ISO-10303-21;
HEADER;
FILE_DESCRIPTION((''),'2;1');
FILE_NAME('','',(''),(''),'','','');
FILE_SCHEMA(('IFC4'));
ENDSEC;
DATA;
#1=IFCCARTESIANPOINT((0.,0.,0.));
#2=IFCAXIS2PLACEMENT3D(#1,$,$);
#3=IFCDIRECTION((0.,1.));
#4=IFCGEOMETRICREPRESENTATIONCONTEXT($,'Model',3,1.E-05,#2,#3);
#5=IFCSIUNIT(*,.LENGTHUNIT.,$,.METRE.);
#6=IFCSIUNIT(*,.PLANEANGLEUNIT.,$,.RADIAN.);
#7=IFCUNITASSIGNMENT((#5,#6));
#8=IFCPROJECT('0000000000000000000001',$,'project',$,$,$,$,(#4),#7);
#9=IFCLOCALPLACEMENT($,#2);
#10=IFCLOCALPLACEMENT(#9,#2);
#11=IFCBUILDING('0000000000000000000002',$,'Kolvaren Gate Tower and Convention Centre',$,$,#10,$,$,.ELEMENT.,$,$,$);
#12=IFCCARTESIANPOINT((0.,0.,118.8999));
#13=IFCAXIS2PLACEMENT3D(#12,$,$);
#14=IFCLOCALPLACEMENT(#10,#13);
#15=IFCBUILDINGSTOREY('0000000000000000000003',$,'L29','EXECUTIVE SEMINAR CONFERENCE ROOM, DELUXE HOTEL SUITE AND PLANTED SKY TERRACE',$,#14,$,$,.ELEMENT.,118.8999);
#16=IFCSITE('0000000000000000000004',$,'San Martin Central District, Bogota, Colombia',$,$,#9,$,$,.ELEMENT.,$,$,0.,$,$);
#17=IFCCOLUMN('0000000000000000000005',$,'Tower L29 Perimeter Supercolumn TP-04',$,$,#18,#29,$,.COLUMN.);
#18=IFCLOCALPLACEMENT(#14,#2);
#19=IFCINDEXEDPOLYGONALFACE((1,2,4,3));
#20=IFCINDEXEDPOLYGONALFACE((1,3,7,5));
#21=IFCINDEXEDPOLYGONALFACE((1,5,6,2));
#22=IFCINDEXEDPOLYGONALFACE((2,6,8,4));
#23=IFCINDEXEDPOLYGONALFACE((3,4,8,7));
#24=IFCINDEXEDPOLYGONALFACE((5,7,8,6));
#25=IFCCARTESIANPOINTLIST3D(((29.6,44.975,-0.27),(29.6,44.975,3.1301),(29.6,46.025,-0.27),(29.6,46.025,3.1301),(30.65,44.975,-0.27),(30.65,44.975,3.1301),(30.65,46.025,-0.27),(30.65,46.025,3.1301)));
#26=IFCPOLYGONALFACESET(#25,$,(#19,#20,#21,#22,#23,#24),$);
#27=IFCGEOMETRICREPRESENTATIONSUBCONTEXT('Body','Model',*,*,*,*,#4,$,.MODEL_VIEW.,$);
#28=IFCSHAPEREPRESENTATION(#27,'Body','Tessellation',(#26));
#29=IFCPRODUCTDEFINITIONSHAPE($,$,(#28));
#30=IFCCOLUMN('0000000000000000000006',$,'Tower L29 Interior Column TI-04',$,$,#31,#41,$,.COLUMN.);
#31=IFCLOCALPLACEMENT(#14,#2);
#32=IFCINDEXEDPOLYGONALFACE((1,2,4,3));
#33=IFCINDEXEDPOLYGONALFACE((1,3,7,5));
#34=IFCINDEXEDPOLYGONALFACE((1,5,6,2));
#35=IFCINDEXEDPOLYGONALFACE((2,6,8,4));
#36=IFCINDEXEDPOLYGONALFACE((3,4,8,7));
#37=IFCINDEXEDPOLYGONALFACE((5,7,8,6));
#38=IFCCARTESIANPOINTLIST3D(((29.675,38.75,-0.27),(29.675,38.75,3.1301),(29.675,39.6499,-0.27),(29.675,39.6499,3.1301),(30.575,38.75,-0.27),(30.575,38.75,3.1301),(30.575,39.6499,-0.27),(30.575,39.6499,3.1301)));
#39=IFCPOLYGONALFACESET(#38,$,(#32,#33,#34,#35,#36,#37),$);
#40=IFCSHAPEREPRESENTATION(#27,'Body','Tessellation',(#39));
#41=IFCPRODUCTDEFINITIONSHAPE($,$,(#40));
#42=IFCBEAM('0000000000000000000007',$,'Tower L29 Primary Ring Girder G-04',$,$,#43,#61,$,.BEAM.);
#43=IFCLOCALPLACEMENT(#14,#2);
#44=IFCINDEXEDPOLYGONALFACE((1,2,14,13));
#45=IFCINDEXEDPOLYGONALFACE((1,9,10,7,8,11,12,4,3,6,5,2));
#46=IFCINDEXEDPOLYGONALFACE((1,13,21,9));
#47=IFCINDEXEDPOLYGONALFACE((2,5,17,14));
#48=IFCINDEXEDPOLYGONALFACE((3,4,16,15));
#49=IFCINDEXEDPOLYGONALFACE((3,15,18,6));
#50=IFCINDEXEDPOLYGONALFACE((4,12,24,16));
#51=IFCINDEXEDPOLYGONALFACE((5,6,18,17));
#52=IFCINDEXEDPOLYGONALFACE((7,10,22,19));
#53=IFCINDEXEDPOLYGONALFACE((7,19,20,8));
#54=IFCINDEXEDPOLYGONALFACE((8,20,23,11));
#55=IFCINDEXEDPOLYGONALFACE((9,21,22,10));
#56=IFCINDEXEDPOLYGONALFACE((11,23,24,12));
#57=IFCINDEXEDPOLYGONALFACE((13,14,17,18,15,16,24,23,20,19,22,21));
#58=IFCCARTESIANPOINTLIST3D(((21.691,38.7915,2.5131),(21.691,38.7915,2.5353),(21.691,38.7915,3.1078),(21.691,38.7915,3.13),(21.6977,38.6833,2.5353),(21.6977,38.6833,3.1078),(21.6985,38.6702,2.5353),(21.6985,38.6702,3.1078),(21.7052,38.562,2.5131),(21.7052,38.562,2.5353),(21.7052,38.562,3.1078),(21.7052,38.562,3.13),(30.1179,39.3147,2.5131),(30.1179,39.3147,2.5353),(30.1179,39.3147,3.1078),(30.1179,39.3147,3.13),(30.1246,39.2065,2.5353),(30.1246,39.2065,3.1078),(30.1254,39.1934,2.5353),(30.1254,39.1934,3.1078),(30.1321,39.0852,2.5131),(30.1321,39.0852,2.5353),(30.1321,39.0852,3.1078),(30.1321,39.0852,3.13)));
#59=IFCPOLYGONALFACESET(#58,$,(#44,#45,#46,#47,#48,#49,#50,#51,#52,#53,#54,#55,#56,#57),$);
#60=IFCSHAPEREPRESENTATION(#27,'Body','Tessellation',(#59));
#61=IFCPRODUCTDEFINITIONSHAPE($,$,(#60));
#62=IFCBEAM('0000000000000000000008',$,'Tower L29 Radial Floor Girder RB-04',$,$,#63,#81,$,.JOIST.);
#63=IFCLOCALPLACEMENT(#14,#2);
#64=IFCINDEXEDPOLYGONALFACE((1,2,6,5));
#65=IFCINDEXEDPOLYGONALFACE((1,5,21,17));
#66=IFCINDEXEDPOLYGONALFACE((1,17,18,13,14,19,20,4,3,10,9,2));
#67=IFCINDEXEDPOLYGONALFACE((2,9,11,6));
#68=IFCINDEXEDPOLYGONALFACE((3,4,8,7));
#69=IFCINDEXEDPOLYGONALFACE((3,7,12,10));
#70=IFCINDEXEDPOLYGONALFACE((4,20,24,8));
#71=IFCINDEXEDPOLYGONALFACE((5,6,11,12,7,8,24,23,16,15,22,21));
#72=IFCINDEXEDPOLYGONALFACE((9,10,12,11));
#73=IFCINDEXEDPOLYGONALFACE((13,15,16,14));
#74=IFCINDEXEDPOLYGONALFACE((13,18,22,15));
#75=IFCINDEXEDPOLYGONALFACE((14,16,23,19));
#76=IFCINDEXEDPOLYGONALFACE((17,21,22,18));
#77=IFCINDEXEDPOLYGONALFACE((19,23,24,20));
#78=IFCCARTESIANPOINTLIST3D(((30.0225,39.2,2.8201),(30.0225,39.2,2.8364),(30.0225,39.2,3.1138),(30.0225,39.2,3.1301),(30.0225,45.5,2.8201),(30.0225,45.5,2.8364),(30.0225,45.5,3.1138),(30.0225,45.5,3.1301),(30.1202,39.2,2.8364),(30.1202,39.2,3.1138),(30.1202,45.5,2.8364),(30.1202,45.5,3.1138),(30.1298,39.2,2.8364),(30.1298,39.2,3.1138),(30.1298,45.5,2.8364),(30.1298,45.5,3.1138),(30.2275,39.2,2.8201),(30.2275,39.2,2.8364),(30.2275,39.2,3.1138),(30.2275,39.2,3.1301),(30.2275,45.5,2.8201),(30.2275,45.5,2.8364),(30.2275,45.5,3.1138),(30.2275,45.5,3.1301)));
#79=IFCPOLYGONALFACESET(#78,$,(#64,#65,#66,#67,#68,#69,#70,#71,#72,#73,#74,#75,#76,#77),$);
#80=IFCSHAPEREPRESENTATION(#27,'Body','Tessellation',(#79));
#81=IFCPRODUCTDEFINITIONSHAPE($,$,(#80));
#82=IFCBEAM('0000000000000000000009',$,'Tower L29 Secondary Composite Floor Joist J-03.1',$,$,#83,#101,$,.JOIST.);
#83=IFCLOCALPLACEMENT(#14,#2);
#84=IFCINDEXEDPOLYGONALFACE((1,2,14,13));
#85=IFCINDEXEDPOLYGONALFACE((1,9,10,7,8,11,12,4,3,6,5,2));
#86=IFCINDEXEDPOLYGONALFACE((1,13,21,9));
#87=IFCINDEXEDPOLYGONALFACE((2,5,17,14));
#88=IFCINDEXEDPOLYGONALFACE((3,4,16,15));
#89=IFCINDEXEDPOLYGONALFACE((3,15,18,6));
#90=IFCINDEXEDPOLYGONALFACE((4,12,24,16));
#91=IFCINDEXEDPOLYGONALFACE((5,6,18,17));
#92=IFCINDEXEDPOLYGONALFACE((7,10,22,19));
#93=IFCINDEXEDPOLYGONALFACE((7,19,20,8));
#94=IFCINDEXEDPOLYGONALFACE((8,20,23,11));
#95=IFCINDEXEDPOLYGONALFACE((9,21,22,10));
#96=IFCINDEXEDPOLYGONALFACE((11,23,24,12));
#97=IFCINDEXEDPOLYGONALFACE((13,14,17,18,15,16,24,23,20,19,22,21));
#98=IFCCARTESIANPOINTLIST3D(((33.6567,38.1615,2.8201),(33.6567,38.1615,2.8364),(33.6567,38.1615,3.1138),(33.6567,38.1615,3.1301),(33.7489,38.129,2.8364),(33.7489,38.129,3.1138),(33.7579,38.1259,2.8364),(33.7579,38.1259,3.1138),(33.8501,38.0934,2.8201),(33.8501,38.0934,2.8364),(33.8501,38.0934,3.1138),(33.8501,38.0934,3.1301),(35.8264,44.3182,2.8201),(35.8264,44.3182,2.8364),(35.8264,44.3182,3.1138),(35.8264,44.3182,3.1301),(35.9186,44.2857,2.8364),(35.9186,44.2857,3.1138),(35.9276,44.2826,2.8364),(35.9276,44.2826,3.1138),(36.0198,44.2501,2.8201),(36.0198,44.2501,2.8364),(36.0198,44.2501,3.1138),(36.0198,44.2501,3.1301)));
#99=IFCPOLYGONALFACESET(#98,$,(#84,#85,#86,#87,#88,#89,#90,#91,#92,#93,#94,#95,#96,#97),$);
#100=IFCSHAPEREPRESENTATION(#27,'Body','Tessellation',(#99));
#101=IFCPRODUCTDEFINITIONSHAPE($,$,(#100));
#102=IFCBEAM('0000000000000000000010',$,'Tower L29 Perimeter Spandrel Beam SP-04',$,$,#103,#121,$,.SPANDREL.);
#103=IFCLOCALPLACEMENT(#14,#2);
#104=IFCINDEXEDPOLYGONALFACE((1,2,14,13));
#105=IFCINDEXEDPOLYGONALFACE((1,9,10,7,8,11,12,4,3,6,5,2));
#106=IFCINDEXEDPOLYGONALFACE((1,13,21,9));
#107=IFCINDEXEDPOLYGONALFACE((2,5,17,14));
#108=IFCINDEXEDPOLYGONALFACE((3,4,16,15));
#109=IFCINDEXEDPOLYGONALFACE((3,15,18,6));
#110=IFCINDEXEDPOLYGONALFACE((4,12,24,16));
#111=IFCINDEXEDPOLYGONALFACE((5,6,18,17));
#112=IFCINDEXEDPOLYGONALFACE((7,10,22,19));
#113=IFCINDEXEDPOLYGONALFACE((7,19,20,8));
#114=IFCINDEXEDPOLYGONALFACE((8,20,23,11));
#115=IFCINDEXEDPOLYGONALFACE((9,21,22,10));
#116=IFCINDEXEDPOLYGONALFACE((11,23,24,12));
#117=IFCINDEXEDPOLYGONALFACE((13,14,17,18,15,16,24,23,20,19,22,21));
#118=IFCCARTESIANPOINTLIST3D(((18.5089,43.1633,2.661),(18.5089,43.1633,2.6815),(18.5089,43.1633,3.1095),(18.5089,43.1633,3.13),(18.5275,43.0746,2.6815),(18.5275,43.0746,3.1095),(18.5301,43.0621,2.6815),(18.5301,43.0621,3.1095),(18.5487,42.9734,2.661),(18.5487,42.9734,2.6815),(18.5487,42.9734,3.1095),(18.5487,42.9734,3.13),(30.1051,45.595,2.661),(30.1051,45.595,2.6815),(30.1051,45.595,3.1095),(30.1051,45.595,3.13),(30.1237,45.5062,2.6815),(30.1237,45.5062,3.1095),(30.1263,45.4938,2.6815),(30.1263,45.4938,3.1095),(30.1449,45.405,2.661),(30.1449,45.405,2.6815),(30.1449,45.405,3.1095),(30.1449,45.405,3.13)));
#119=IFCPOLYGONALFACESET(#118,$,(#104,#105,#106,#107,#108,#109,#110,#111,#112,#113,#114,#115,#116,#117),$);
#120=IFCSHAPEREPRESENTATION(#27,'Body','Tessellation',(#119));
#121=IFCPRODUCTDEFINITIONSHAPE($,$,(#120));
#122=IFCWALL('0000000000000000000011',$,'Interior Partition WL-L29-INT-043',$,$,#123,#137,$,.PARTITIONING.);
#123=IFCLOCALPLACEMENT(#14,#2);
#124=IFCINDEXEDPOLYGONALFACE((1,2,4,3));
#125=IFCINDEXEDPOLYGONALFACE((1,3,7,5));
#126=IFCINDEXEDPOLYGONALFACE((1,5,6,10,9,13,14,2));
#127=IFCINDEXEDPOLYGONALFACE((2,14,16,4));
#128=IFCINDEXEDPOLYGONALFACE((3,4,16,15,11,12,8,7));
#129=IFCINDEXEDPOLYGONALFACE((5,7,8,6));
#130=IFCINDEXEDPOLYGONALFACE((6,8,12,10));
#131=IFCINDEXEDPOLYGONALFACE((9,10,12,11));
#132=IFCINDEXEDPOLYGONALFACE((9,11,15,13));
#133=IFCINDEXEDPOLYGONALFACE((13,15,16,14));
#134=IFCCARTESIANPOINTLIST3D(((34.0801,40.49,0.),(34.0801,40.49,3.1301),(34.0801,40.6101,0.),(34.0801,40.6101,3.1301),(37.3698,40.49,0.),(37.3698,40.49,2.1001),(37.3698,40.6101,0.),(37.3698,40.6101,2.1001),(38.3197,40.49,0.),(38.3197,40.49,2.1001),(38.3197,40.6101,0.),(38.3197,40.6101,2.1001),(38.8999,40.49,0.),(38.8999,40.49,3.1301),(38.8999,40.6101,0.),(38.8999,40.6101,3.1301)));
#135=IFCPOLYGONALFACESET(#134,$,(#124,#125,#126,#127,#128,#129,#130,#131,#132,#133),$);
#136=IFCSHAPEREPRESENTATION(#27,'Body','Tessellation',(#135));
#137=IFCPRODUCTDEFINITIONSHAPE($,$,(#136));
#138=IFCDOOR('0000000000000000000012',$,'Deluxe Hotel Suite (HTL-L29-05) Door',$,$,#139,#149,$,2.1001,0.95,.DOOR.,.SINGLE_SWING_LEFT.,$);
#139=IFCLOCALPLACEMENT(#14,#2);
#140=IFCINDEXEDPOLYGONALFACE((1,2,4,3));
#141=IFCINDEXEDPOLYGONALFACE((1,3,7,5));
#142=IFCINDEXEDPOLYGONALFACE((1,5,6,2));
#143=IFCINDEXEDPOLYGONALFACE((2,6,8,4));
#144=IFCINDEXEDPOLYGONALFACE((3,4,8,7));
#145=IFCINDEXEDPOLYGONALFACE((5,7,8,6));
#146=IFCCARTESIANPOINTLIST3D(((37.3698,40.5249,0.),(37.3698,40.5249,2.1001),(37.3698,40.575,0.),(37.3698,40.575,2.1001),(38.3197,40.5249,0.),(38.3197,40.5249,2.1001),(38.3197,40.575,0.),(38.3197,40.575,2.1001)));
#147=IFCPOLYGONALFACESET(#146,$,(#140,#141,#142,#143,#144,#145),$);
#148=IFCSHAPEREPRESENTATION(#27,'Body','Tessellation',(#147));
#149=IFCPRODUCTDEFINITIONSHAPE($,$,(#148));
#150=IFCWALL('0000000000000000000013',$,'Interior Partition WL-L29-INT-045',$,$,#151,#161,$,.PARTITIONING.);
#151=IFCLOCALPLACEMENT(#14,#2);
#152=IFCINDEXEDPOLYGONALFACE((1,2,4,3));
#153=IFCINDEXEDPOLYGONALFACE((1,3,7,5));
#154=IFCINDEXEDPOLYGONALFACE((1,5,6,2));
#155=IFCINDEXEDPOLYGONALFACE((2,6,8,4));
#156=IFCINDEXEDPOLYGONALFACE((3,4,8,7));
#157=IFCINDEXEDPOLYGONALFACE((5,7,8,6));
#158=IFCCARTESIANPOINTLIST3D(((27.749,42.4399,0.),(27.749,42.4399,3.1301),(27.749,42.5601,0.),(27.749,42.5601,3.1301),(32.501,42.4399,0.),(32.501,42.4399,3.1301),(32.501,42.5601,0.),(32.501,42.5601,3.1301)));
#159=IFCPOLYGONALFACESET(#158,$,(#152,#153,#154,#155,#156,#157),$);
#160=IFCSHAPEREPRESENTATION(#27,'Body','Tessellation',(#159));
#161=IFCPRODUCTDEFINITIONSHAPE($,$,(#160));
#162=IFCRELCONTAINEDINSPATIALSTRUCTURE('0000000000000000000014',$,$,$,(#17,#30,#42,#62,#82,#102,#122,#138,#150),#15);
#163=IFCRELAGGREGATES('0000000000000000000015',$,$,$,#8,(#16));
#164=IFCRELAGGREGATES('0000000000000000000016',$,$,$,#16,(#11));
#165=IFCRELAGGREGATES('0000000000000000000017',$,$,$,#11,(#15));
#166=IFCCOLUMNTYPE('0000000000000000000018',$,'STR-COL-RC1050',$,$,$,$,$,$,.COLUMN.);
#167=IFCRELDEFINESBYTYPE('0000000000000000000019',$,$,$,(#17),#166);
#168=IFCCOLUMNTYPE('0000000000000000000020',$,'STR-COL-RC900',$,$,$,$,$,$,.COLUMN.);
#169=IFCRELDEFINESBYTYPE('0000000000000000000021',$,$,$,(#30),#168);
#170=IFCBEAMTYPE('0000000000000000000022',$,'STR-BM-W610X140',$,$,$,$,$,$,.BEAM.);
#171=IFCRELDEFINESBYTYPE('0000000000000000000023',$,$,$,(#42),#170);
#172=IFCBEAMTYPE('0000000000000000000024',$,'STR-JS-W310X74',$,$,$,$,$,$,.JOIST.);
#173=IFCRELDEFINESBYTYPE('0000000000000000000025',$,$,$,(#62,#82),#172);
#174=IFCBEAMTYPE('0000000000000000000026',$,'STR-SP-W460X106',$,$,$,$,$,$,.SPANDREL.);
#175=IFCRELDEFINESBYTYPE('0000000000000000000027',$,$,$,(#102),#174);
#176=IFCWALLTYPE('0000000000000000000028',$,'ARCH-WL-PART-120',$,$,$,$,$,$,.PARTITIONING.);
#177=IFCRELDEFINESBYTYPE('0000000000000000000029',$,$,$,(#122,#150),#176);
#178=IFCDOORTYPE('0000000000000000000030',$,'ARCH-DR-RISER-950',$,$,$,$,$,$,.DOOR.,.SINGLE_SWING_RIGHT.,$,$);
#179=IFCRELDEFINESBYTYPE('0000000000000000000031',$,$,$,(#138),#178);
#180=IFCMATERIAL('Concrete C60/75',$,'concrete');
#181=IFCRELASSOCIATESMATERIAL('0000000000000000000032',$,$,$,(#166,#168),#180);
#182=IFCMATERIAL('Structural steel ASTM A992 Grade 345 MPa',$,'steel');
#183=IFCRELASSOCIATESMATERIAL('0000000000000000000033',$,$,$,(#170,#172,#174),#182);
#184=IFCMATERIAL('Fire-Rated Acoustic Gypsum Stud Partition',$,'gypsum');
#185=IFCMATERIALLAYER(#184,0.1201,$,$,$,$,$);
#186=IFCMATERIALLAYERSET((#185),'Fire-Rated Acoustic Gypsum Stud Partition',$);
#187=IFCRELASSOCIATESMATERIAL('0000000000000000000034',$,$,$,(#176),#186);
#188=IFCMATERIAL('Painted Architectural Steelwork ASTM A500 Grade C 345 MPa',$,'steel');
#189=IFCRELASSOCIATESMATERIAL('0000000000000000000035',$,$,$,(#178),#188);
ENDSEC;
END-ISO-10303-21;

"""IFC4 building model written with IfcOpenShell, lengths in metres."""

from ifc_helpers import new_model, si_unit, direction, frame, frame_2d, origin, origin_2d, place, context, subcontext, project, spatial, rectangle, i_section, extrude, material, layer, layer_set, material_profile, profile_set, type_object, element, fill, save


model = new_model("IFC4")

# Units and contexts
model_context = context("Model", 3, precision=1e-05, world=origin(), true_north=direction((0.0, 1.0)))
body_context = subcontext(model_context, "Body", "Model", "MODEL_VIEW")
ifc_project = project(units=[si_unit("LENGTHUNIT", "METRE"), si_unit("PLANEANGLEUNIT", "RADIAN")], contexts=[model_context])

# Site, building, storey
site_placement = place(None, origin())
site = spatial("IfcSite", under=ifc_project, at=site_placement, Name="San Martin Central District, Bogota, Colombia", CompositionType="ELEMENT", RefElevation=0.0)
building_placement = place(site_placement, origin())
building = spatial("IfcBuilding", under=site, at=building_placement, Name="Kolvaren Gate Tower and Convention Centre", CompositionType="ELEMENT")
storey_placement = place(building_placement, frame((0.0, 0.0, 118.8999)))
storey = spatial("IfcBuildingStorey", under=building, at=storey_placement, Name="L29", Description="EXECUTIVE SEMINAR CONFERENCE ROOM, DELUXE HOTEL SUITE AND PLANTED SKY TERRACE", CompositionType="ELEMENT", Elevation=118.8999)

# Columns
ifc_material_1 = material(Name="Concrete C60/75", Category="concrete")
ifc_material_profile_1 = material_profile(ifc_material_1, rectangle(XDim=1.05, YDim=1.05, at=origin_2d()), Name="RC-COL-1050X1050")
ifc_profile_set_1 = profile_set([ifc_material_profile_1], Name="Concrete C60/75")
column_type_1 = type_object("IfcColumnType", Name="STR-COL-RC1050", PredefinedType="COLUMN", material=ifc_profile_set_1)
column_1_placement = place(storey_placement, frame((30.125, 45.5, -0.27), z_axis=(0.0, 0.0, 1.0), x_axis=(1.0, 0.0, 0.0)))
element("IfcColumn", 1, at=column_1_placement, inside=storey, type_object=column_type_1, Name="Tower L29 Perimeter Supercolumn TP-04", PredefinedType="COLUMN", context=body_context, shape_type="SweptSolid", body=[
    extrude(rectangle(XDim=1.05, YDim=1.05, at=origin_2d()), origin(), (0.0, 0.0, 1.0), 3.4001),
])
ifc_material_profile_2 = material_profile(ifc_material_1, rectangle(XDim=0.8999, YDim=0.8999, at=origin_2d()), Name="RC-COL-900X900")
ifc_profile_set_2 = profile_set([ifc_material_profile_2], Name="Concrete C60/75")
column_type_2 = type_object("IfcColumnType", Name="STR-COL-RC900", PredefinedType="COLUMN", material=ifc_profile_set_2)
column_2_placement = place(storey_placement, frame((30.125, 39.2, -0.27), z_axis=(0.0, 0.0, 1.0), x_axis=(1.0, 0.0, 0.0)))
element("IfcColumn", 2, at=column_2_placement, inside=storey, type_object=column_type_2, Name="Tower L29 Interior Column TI-04", PredefinedType="COLUMN", context=body_context, shape_type="SweptSolid", body=[
    extrude(rectangle(XDim=0.8999, YDim=0.8999, at=origin_2d()), origin(), (0.0, 0.0, 1.0), 3.4001),
])

# Beams
ifc_material_2 = material(Name="Structural steel ASTM A992 Grade 345 MPa", Category="steel")
ifc_material_profile_3 = material_profile(ifc_material_2, i_section(OverallWidth=0.23, OverallDepth=0.6169, WebThickness=0.0132, FlangeThickness=0.0222, at=origin_2d()), Name="W610X140")
ifc_profile_set_3 = profile_set([ifc_material_profile_3], Name="Structural steel ASTM A992 Grade 345 MPa")
beam_type_1 = type_object("IfcBeamType", Name="STR-BM-W610X140", PredefinedType="BEAM", material=ifc_profile_set_3)
beam_1_placement = place(storey_placement, frame((30.125, 39.2, 2.8215), z_axis=(-0.998078, -0.061966, 0.0), x_axis=(0.061966, -0.998078, 0.0)))
element("IfcBeam", 3, at=beam_1_placement, inside=storey, type_object=beam_type_1, Name="Tower L29 Primary Ring Girder G-04", PredefinedType="BEAM", context=body_context, shape_type="SweptSolid", body=[
    extrude(i_section(OverallWidth=0.23, OverallDepth=0.6169, WebThickness=0.0132, FlangeThickness=0.0222, at=origin_2d()), origin(), (0.0, 0.0, 1.0), 8.4431),
])
ifc_material_profile_4 = material_profile(ifc_material_2, i_section(OverallWidth=0.2051, OverallDepth=0.3101, WebThickness=0.0095, FlangeThickness=0.0164, at=origin_2d()), Name="W310X74")
ifc_profile_set_4 = profile_set([ifc_material_profile_4], Name="Structural steel ASTM A992 Grade 345 MPa")
beam_type_2 = type_object("IfcBeamType", Name="STR-JS-W310X74", PredefinedType="JOIST", material=ifc_profile_set_4)
beam_2_placement = place(storey_placement, frame((30.125, 39.2, 2.9751), z_axis=(0.0, 1.0, 0.0), x_axis=(-1.0, 0.0, 0.0)))
element("IfcBeam", 4, at=beam_2_placement, inside=storey, type_object=beam_type_2, Name="Tower L29 Radial Floor Girder RB-04", PredefinedType="JOIST", context=body_context, shape_type="SweptSolid", body=[
    extrude(i_section(OverallWidth=0.2051, OverallDepth=0.3101, WebThickness=0.0095, FlangeThickness=0.0164, at=origin_2d()), origin(), (0.0, 0.0, 1.0), 6.3),
])
beam_3_placement = place(storey_placement, frame((33.7534, 38.1274, 2.9751), z_axis=(0.332372, 0.943148, 0.0), x_axis=(-0.943148, 0.332372, 0.0)))
element("IfcBeam", 5, at=beam_3_placement, inside=storey, type_object=beam_type_2, Name="Tower L29 Secondary Composite Floor Joist J-03.1", PredefinedType="JOIST", context=body_context, shape_type="SweptSolid", body=[
    extrude(i_section(OverallWidth=0.2051, OverallDepth=0.3101, WebThickness=0.0095, FlangeThickness=0.0164, at=origin_2d()), origin(), (0.0, 0.0, 1.0), 6.5278),
])
ifc_material_profile_5 = material_profile(ifc_material_2, i_section(OverallWidth=0.1941, OverallDepth=0.469, WebThickness=0.0127, FlangeThickness=0.0205, at=origin_2d()), Name="W460X106")
ifc_profile_set_5 = profile_set([ifc_material_profile_5], Name="Structural steel ASTM A992 Grade 345 MPa")
beam_type_3 = type_object("IfcBeamType", Name="STR-SP-W460X106", PredefinedType="SPANDREL", material=ifc_profile_set_5)
beam_4_placement = place(storey_placement, frame((30.125, 45.5, 2.8955), z_axis=(-0.978714, -0.205229, 0.0), x_axis=(0.205229, -0.978714, 0.0)))
element("IfcBeam", 6, at=beam_4_placement, inside=storey, type_object=beam_type_3, Name="Tower L29 Perimeter Spandrel Beam SP-04", PredefinedType="SPANDREL", context=body_context, shape_type="SweptSolid", body=[
    extrude(i_section(OverallWidth=0.1941, OverallDepth=0.469, WebThickness=0.0127, FlangeThickness=0.0205, at=origin_2d()), origin(), (0.0, 0.0, 1.0), 11.8484),
])

# Wall, opening, door
ifc_material_3 = material(Name="Fire-Rated Acoustic Gypsum Stud Partition", Category="gypsum")
ifc_layer_1 = layer(ifc_material_3, 0.1201)
ifc_layer_set_1 = layer_set([ifc_layer_1], Name="Fire-Rated Acoustic Gypsum Stud Partition")
wall_type_1 = type_object("IfcWallType", Name="ARCH-WL-PART-120", PredefinedType="PARTITIONING", material=ifc_layer_set_1)
wall_1_placement = place(storey_placement, frame((34.0801, 40.55, 0.0), z_axis=(0.0, 0.0, 1.0), x_axis=(1.0, 0.0, 0.0)))
wall_1 = element("IfcWall", 7, at=wall_1_placement, inside=storey, type_object=wall_type_1, Name="Interior Partition WL-L29-INT-043", PredefinedType="PARTITIONING", context=body_context, shape_type="SweptSolid", body=[
    extrude(rectangle(XDim=4.8198, YDim=0.1201, at=frame_2d((2.4099, 0.0))), origin(), (0.0, 0.0, 1.0), 3.1301),
])
opening_1_placement = place(wall_1_placement, frame((3.2896, 0.0, 0.0)))
opening_1 = element("IfcOpeningElement", 8, at=opening_1_placement, cuts=wall_1, PredefinedType="OPENING", context=body_context, shape_type="SweptSolid", body=[
    extrude(rectangle(XDim=0.95, YDim=2.1001, at=frame_2d((0.4751, 1.05))), frame((0.0, 0.0701, 0.0), z_axis=(0.0, -1.0, 0.0), x_axis=(1.0, 0.0, 0.0)), (0.0, 0.0, 1.0), 0.1401),
])
ifc_material_4 = material(Name="Painted Architectural Steelwork ASTM A500 Grade C 345 MPa", Category="steel")
door_type_1 = type_object("IfcDoorType", Name="ARCH-DR-RISER-950", OperationType="SINGLE_SWING_RIGHT", PredefinedType="DOOR", material=ifc_material_4)
door_1_placement = place(opening_1_placement, origin())
door_1 = element("IfcDoor", 9, at=door_1_placement, inside=storey, type_object=door_type_1, Name="Deluxe Hotel Suite (HTL-L29-05) Door", OperationType="SINGLE_SWING_LEFT", OverallHeight=2.1001, OverallWidth=0.95, PredefinedType="DOOR", context=body_context, shape_type="SweptSolid", body=[
    extrude(rectangle(XDim=0.95, YDim=2.1001, at=frame_2d((0.4751, 1.05))), frame((0.0, 0.0249, 0.0), z_axis=(0.0, -1.0, 0.0), x_axis=(1.0, 0.0, 0.0)), (0.0, 0.0, 1.0), 0.05),
])
fill(opening_1, door_1)

# Wall
wall_2_placement = place(storey_placement, frame((27.749, 42.5, 0.0), z_axis=(0.0, 0.0, 1.0), x_axis=(1.0, 0.0, 0.0)))
element("IfcWall", 10, at=wall_2_placement, inside=storey, type_object=wall_type_1, Name="Interior Partition WL-L29-INT-045", PredefinedType="PARTITIONING", context=body_context, shape_type="SweptSolid", body=[
    extrude(rectangle(XDim=4.752, YDim=0.1201, at=frame_2d((2.376, 0.0))), origin(), (0.0, 0.0, 1.0), 3.1301),
])

save(model, "model.ifc")
